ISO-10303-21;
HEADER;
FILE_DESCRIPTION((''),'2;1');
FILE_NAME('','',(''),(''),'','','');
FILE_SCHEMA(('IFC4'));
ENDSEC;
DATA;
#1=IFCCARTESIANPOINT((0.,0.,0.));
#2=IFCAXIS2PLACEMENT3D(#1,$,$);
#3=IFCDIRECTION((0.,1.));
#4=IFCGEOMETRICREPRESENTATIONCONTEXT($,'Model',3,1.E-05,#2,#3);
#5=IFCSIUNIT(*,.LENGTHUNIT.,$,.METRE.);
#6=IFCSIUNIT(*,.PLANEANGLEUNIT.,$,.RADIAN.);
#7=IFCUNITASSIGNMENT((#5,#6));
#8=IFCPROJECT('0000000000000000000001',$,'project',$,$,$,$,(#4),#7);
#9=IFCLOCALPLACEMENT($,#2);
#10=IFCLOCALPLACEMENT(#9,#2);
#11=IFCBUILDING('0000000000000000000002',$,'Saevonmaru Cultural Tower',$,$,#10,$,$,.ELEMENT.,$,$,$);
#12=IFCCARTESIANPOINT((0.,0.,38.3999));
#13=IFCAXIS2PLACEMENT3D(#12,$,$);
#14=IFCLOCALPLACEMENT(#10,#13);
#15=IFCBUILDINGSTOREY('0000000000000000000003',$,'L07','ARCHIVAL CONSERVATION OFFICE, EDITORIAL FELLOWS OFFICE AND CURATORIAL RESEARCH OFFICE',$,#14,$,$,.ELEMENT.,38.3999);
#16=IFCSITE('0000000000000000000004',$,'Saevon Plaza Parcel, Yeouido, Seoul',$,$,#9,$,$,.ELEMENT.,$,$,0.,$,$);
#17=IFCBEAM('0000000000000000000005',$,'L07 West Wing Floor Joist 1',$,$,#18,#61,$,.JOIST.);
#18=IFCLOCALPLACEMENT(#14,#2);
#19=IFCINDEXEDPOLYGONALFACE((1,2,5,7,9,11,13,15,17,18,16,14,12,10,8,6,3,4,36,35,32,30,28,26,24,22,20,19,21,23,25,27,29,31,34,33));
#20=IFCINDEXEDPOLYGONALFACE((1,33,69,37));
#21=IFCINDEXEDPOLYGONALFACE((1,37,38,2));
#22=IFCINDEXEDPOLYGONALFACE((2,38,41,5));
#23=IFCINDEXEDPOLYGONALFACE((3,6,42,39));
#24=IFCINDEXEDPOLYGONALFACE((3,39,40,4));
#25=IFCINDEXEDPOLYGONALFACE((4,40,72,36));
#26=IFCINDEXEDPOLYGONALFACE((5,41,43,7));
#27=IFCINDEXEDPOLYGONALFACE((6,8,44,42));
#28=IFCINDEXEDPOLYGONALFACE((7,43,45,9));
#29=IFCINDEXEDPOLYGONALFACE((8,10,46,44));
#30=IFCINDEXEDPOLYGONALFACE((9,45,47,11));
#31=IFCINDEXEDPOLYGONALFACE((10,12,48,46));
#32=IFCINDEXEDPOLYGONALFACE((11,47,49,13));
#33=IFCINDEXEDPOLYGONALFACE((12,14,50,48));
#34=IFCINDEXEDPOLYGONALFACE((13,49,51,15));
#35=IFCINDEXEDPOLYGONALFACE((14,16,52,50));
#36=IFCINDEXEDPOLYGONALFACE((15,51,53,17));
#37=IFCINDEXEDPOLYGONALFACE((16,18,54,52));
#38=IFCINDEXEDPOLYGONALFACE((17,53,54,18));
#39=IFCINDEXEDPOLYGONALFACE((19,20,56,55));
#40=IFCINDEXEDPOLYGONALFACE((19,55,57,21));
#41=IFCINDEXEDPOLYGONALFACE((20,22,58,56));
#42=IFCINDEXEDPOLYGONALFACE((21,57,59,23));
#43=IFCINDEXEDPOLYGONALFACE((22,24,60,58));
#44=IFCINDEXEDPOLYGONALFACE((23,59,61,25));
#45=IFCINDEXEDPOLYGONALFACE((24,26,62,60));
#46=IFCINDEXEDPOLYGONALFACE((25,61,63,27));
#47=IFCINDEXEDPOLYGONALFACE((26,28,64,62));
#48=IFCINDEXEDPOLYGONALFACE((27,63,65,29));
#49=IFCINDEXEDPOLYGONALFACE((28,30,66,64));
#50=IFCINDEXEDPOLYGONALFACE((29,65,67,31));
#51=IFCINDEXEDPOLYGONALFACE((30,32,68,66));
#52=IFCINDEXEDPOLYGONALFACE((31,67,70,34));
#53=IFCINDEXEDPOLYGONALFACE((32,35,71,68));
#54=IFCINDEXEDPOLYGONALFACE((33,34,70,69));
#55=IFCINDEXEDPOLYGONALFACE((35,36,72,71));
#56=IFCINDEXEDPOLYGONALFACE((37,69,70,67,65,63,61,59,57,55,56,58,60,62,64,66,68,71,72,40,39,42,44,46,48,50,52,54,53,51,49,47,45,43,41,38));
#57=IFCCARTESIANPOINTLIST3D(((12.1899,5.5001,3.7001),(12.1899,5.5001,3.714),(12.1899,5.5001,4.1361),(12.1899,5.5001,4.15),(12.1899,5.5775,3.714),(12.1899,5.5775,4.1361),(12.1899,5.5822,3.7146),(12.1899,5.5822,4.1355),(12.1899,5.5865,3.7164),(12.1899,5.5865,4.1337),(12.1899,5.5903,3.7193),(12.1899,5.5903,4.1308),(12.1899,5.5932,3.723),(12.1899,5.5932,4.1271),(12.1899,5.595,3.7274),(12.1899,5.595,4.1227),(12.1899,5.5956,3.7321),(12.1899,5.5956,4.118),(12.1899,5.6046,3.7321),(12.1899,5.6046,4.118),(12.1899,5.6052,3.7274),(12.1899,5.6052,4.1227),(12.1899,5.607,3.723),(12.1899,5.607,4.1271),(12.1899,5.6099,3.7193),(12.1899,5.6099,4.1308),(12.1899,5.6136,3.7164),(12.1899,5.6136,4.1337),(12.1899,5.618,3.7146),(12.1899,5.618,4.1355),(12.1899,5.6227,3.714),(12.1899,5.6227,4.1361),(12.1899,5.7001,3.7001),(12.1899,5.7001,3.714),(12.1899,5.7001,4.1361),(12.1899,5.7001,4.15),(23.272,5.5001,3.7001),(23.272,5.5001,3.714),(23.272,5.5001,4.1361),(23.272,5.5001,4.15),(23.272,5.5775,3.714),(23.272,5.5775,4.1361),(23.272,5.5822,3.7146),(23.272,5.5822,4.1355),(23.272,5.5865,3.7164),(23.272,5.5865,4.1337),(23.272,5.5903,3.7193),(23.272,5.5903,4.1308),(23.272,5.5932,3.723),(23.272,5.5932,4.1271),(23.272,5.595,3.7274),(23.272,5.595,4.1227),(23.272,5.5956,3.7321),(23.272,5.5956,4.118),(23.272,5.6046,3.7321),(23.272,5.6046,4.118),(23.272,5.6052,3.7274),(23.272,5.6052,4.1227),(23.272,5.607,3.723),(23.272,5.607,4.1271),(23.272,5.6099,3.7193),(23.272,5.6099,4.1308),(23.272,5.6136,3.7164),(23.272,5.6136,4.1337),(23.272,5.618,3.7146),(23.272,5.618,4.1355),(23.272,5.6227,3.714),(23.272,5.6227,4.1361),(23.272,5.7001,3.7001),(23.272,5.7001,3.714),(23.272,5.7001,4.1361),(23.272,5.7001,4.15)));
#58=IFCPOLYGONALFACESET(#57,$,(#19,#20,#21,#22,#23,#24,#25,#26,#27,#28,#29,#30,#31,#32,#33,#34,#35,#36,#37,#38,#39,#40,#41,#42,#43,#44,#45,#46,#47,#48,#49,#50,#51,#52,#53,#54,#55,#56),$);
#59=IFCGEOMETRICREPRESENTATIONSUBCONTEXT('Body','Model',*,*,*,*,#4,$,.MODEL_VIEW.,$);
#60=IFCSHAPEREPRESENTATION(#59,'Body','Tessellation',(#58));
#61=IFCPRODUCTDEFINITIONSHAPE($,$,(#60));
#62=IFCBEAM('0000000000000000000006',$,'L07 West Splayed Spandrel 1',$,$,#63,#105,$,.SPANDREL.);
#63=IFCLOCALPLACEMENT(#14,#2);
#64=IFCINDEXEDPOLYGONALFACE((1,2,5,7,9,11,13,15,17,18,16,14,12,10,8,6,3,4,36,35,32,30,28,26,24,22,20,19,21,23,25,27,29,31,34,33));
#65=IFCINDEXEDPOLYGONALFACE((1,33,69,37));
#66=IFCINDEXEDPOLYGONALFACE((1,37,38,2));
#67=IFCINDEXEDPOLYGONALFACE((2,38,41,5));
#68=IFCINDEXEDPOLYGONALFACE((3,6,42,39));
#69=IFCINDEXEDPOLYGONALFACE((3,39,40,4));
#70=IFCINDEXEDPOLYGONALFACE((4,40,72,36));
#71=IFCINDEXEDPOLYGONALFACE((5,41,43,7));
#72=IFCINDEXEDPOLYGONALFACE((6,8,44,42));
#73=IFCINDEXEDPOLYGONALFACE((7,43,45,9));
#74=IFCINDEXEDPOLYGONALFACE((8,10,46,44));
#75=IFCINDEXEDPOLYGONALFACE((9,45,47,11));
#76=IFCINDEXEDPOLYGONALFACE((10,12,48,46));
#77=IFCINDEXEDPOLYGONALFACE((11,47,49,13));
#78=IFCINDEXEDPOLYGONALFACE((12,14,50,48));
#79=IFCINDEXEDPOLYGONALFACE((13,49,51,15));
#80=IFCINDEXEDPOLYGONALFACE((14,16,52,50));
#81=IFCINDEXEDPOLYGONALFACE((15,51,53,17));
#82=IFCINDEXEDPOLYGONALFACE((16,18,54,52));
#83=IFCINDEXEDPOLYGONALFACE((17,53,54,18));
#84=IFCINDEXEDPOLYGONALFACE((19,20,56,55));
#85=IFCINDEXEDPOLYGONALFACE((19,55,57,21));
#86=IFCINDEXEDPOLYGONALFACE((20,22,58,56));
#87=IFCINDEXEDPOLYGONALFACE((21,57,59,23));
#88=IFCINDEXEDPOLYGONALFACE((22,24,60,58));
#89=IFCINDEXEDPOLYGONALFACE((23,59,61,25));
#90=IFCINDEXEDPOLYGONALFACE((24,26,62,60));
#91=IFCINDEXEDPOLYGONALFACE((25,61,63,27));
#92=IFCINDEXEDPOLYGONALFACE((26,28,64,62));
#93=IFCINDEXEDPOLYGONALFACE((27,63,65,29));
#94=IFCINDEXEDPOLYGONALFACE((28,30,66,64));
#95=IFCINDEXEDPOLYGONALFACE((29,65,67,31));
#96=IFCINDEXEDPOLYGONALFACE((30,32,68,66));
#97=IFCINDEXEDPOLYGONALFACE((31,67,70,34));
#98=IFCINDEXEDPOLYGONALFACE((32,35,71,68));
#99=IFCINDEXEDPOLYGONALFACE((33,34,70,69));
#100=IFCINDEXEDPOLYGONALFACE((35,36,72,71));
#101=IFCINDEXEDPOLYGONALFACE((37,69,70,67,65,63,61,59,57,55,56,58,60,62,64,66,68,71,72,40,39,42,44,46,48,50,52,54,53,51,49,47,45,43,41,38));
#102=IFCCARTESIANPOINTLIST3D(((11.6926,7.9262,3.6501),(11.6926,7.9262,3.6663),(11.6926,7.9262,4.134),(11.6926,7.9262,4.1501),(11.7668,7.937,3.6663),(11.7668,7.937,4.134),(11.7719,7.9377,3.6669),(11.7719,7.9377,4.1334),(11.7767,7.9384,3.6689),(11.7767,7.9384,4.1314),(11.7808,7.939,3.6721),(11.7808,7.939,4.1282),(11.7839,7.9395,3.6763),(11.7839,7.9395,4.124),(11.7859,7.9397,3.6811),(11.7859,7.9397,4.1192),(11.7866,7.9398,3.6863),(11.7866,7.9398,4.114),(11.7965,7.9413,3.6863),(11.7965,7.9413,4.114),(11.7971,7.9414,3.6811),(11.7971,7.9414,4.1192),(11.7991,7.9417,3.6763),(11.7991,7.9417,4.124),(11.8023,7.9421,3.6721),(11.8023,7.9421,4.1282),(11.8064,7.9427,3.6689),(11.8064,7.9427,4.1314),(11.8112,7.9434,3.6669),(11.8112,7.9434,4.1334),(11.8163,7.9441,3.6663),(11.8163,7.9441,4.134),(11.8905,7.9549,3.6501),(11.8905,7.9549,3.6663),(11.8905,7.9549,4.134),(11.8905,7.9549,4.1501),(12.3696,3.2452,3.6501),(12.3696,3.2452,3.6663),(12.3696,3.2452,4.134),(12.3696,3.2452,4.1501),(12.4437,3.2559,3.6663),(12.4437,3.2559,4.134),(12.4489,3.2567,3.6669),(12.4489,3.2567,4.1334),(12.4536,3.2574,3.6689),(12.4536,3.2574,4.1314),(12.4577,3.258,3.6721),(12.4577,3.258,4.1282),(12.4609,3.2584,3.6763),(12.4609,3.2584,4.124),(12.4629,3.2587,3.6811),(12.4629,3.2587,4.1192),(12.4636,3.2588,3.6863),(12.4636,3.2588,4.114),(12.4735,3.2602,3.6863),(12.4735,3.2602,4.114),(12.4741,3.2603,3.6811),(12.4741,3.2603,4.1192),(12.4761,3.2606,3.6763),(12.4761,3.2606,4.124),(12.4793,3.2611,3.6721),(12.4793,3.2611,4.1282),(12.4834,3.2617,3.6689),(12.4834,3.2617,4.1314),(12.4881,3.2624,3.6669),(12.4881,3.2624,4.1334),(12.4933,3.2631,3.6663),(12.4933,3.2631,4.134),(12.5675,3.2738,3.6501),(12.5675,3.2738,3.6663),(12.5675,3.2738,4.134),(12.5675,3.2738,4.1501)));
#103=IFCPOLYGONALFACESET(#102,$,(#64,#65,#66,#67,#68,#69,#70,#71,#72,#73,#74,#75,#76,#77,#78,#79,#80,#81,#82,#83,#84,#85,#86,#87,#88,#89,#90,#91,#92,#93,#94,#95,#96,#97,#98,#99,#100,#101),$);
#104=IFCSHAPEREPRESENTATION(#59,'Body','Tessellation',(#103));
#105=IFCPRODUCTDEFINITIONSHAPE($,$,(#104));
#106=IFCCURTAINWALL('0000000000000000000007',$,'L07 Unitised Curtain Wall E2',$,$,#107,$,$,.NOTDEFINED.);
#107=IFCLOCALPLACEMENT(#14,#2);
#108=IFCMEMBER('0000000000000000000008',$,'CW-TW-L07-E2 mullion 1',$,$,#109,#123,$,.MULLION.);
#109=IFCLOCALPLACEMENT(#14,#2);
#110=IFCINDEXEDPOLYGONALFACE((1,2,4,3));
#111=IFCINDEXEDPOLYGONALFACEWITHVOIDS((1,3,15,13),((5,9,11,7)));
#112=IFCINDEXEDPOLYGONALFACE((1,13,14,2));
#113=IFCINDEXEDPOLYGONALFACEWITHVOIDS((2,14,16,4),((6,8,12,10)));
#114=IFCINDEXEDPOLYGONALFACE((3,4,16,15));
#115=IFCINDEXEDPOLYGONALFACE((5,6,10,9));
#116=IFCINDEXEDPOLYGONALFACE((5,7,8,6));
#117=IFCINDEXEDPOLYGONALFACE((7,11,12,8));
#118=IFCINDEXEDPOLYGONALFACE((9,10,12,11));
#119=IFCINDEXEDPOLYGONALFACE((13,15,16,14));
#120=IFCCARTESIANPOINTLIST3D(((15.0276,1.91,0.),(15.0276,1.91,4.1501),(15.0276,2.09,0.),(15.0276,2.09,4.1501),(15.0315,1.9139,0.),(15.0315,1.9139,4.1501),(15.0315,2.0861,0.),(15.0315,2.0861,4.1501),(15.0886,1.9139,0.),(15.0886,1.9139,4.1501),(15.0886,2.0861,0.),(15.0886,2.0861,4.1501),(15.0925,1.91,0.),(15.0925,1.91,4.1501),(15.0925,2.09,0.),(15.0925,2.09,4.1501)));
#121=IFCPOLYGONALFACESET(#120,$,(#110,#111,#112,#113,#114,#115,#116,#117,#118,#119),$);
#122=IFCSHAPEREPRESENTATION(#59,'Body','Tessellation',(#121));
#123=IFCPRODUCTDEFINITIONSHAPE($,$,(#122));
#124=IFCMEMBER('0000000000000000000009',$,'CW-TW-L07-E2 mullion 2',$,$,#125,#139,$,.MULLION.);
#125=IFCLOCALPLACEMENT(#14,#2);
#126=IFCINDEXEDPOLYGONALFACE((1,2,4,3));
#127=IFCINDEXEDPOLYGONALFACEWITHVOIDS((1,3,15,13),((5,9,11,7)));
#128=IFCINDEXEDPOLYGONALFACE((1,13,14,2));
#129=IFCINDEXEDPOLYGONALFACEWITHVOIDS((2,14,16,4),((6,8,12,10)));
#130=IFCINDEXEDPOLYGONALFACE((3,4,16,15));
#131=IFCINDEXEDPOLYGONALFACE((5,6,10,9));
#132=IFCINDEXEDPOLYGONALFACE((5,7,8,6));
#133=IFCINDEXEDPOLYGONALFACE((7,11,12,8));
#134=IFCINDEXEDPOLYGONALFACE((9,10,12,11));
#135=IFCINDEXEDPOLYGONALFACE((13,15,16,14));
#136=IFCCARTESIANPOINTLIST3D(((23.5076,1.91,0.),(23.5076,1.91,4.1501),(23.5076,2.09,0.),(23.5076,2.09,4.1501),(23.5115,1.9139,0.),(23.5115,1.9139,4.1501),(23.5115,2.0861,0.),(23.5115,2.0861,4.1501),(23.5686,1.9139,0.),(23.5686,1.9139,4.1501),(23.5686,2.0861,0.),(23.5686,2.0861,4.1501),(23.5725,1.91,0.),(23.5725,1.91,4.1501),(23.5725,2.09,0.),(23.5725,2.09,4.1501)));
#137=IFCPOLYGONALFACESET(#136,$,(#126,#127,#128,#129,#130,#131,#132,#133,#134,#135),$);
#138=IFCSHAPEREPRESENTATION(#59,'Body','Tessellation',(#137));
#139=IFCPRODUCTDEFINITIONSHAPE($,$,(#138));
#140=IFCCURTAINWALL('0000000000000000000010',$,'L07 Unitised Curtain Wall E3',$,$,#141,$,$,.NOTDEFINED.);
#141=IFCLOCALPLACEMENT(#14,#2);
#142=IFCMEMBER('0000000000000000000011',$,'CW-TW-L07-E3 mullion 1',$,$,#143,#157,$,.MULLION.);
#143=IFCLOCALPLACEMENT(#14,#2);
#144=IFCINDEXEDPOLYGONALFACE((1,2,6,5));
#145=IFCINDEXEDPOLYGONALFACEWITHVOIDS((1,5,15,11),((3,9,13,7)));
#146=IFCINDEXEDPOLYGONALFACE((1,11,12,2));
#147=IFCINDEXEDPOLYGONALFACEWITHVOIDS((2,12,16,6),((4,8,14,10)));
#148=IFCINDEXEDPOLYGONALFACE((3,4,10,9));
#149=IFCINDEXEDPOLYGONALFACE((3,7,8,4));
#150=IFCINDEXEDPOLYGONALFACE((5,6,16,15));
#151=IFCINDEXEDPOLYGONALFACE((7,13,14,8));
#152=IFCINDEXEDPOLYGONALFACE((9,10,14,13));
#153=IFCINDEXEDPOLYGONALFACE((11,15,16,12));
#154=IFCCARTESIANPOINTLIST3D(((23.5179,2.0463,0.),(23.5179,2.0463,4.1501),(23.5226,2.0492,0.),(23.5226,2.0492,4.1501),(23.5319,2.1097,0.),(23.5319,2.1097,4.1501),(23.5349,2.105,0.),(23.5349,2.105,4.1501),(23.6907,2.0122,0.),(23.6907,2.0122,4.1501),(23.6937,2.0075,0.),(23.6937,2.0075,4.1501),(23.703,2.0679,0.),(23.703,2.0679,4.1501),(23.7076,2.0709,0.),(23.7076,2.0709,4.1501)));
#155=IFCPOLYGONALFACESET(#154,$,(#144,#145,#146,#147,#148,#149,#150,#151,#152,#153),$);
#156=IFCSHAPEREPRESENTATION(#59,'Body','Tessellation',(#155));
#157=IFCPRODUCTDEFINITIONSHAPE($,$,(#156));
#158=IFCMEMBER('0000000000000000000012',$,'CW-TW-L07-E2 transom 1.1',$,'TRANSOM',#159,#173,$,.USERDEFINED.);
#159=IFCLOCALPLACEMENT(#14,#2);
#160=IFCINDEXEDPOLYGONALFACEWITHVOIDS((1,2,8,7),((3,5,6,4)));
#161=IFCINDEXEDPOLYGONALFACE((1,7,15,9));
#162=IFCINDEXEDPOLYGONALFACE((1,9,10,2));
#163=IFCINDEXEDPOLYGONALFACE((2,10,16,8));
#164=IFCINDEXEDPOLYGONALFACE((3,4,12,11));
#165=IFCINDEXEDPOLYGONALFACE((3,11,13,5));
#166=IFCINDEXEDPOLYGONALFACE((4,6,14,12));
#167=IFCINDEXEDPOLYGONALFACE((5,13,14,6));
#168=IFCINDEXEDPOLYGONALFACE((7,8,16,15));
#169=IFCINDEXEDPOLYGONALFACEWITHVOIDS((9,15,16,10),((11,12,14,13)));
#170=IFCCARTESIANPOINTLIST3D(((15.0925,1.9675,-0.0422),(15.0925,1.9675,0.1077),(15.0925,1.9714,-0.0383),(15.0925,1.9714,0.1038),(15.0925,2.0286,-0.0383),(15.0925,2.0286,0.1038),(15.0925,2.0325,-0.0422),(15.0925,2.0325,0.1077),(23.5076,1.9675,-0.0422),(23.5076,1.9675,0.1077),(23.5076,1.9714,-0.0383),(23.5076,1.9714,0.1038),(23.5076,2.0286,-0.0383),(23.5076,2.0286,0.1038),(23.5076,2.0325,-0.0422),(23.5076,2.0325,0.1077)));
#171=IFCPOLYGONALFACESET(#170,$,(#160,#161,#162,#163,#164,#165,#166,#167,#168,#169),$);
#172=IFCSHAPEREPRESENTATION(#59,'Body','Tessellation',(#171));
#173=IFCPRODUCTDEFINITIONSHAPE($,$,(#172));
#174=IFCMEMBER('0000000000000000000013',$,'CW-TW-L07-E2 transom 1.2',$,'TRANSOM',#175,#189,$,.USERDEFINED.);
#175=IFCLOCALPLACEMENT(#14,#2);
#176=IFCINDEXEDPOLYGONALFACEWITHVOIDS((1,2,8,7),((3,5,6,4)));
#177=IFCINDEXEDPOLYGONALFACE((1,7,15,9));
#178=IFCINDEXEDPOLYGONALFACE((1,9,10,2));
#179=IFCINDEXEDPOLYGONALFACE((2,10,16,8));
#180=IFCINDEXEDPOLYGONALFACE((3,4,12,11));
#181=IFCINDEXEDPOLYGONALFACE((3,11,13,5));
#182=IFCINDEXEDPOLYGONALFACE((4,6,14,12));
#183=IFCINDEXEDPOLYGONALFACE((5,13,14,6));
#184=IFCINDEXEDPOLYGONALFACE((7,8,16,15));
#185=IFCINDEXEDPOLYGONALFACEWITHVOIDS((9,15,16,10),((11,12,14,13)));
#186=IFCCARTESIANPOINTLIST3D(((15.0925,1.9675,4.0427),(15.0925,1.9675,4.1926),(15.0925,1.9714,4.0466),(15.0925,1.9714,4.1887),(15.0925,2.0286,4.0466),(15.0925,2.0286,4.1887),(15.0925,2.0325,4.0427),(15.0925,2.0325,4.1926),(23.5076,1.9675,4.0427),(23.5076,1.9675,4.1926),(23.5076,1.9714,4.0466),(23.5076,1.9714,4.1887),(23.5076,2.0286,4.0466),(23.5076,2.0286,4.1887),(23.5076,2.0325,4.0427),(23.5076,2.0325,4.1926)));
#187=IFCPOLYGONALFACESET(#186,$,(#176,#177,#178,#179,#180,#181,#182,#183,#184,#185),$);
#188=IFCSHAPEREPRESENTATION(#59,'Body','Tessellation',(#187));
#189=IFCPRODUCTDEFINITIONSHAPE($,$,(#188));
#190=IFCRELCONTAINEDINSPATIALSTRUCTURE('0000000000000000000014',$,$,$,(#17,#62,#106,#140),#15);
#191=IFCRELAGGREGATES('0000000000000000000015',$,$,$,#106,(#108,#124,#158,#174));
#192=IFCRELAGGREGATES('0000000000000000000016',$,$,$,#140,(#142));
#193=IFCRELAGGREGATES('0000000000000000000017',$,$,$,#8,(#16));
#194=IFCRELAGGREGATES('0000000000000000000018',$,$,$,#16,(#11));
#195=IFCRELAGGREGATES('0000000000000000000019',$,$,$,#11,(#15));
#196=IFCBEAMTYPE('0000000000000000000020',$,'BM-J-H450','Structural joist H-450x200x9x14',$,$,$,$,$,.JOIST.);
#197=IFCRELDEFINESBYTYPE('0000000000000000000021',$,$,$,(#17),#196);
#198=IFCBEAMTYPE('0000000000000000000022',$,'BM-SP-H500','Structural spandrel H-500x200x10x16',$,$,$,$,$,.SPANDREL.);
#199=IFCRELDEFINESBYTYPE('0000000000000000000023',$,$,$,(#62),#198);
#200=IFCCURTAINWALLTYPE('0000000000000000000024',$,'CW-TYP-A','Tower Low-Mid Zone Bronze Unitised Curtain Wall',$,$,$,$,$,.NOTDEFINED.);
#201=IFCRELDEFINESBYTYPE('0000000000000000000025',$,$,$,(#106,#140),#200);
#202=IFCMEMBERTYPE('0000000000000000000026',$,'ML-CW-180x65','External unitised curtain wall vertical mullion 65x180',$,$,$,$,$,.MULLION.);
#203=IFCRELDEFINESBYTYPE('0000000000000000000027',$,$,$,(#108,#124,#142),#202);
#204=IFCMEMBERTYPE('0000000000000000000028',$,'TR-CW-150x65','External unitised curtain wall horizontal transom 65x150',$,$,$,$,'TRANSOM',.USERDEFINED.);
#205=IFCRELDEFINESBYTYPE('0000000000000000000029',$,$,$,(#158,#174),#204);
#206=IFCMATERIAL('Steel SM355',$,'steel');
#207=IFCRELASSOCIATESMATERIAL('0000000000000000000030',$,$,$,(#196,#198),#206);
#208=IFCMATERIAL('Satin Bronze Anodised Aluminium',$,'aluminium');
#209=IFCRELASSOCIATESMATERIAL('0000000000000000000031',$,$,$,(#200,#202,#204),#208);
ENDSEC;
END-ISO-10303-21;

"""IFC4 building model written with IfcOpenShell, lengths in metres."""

from ifc_helpers import new_model, si_unit, direction, frame, origin, origin_2d, place, context, subcontext, project, spatial, hollow_rectangle, i_section, extrude, material, material_profile, profile_set, type_object, element, aggregate, save


model = new_model("IFC4")

# Units and contexts
model_context = context("Model", 3, precision=1e-05, world=origin(), true_north=direction((0.0, 1.0)))
body_context = subcontext(model_context, "Body", "Model", "MODEL_VIEW")
ifc_project = project(units=[si_unit("LENGTHUNIT", "METRE"), si_unit("PLANEANGLEUNIT", "RADIAN")], contexts=[model_context])

# Site, building, storey
site_placement = place(None, origin())
site = spatial("IfcSite", under=ifc_project, at=site_placement, Name="Saevon Plaza Parcel, Yeouido, Seoul", CompositionType="ELEMENT", RefElevation=0.0)
building_placement = place(site_placement, origin())
building = spatial("IfcBuilding", under=site, at=building_placement, Name="Saevonmaru Cultural Tower", CompositionType="ELEMENT")
storey_placement = place(building_placement, frame((0.0, 0.0, 38.3999)))
storey = spatial("IfcBuildingStorey", under=building, at=storey_placement, Name="L07", Description="ARCHIVAL CONSERVATION OFFICE, EDITORIAL FELLOWS OFFICE AND CURATORIAL RESEARCH OFFICE", CompositionType="ELEMENT", Elevation=38.3999)

# Beams
ifc_material_1 = material(Name="Steel SM355", Category="steel")
ifc_material_profile_1 = material_profile(ifc_material_1, i_section(OverallWidth=0.2, OverallDepth=0.45, WebThickness=0.009, FlangeThickness=0.0139, FilletRadius=0.0181, at=origin_2d()), Name="H-450x200x9x14")
ifc_profile_set_1 = profile_set([ifc_material_profile_1], Name="Steel SM355")
beam_type_1 = type_object("IfcBeamType", Name="BM-J-H450", Description="Structural joist H-450x200x9x14", PredefinedType="JOIST", material=ifc_profile_set_1)
beam_1_placement = place(storey_placement, frame((12.1899, 5.6001, 3.925), z_axis=(1.0, 0.0, 0.0), x_axis=(0.0, 1.0, 0.0)))
element("IfcBeam", 1, at=beam_1_placement, inside=storey, type_object=beam_type_1, Name="L07 West Wing Floor Joist 1", PredefinedType="JOIST", context=body_context, shape_type="SweptSolid", body=[
    extrude(i_section(OverallWidth=0.2, OverallDepth=0.45, WebThickness=0.009, FlangeThickness=0.0139, FilletRadius=0.0181, at=origin_2d()), origin(), (0.0, 0.0, 1.0), 11.082),
])
ifc_material_profile_2 = material_profile(ifc_material_1, i_section(OverallWidth=0.2, OverallDepth=0.5, WebThickness=0.01, FlangeThickness=0.0161, FilletRadius=0.02, at=origin_2d()), Name="H-500x200x10x16")
ifc_profile_set_2 = profile_set([ifc_material_profile_2], Name="Steel SM355")
beam_type_2 = type_object("IfcBeamType", Name="BM-SP-H500", Description="Structural spandrel H-500x200x10x16", PredefinedType="SPANDREL", material=ifc_profile_set_2)
beam_2_placement = place(storey_placement, frame((12.4685, 3.2595, 3.9001), z_axis=(-0.143134, 0.989703, 0.0), x_axis=(-0.989703, -0.143134, 0.0)))
element("IfcBeam", 2, at=beam_2_placement, inside=storey, type_object=beam_type_2, Name="L07 West Splayed Spandrel 1", PredefinedType="SPANDREL", context=body_context, shape_type="SweptSolid", body=[
    extrude(i_section(OverallWidth=0.2, OverallDepth=0.5, WebThickness=0.01, FlangeThickness=0.0161, FilletRadius=0.02, at=origin_2d()), origin(), (0.0, 0.0, 1.0), 4.7297),
])

# Curtain wall, members
ifc_material_2 = material(Name="Satin Bronze Anodised Aluminium", Category="aluminium")
curtain_wall_type = type_object("IfcCurtainWallType", Name="CW-TYP-A", Description="Tower Low-Mid Zone Bronze Unitised Curtain Wall", PredefinedType="NOTDEFINED", material=ifc_material_2)
curtain_wall_1_placement = place(storey_placement, origin())
curtain_wall_1 = element("IfcCurtainWall", 3, at=curtain_wall_1_placement, inside=storey, type_object=curtain_wall_type, Name="L07 Unitised Curtain Wall E2", PredefinedType="NOTDEFINED")
ifc_material_profile_3 = material_profile(ifc_material_2, hollow_rectangle(XDim=0.0649, YDim=0.1799, WallThickness=0.0039, at=origin_2d()), Name="ALU-MULL-180x65x4")
ifc_profile_set_3 = profile_set([ifc_material_profile_3], Name="Satin Bronze Anodised Aluminium")
member_type_1 = type_object("IfcMemberType", Name="ML-CW-180x65", Description="External unitised curtain wall vertical mullion 65x180", PredefinedType="MULLION", material=ifc_profile_set_3)
member_1_placement = place(storey_placement, frame((15.0601, 2.0, 0.0), z_axis=(0.0, 0.0, 1.0), x_axis=(1.0, 0.0, 0.0)))
member_1 = element("IfcMember", 4, at=member_1_placement, type_object=member_type_1, Name="CW-TW-L07-E2 mullion 1", PredefinedType="MULLION", context=body_context, shape_type="SweptSolid", body=[
    extrude(hollow_rectangle(XDim=0.0649, YDim=0.1799, WallThickness=0.0039, at=origin_2d()), origin(), (0.0, 0.0, 1.0), 4.1501),
])
member_2_placement = place(storey_placement, frame((23.54, 2.0, 0.0), z_axis=(0.0, 0.0, 1.0), x_axis=(1.0, 0.0, 0.0)))
member_2 = element("IfcMember", 5, at=member_2_placement, type_object=member_type_1, Name="CW-TW-L07-E2 mullion 2", PredefinedType="MULLION", context=body_context, shape_type="SweptSolid", body=[
    extrude(hollow_rectangle(XDim=0.0649, YDim=0.1799, WallThickness=0.0039, at=origin_2d()), origin(), (0.0, 0.0, 1.0), 4.1501),
])

# Curtain wall, member
curtain_wall_2_placement = place(storey_placement, origin())
curtain_wall_2 = element("IfcCurtainWall", 6, at=curtain_wall_2_placement, inside=storey, type_object=curtain_wall_type, Name="L07 Unitised Curtain Wall E3", PredefinedType="NOTDEFINED")
member_3_placement = place(storey_placement, frame((23.6128, 2.0586, 0.0), z_axis=(0.0, 0.0, 1.0), x_axis=(0.215413, 0.976523, 0.0)))
member_3 = element("IfcMember", 7, at=member_3_placement, type_object=member_type_1, Name="CW-TW-L07-E3 mullion 1", PredefinedType="MULLION", context=body_context, shape_type="SweptSolid", body=[
    extrude(hollow_rectangle(XDim=0.0649, YDim=0.1799, WallThickness=0.0039, at=origin_2d()), origin(), (0.0, 0.0, 1.0), 4.1501),
])

# Members
ifc_material_profile_4 = material_profile(ifc_material_2, hollow_rectangle(XDim=0.0649, YDim=0.1499, WallThickness=0.0039, at=origin_2d()), Name="ALU-TRAN-150x65x4")
ifc_profile_set_4 = profile_set([ifc_material_profile_4], Name="Satin Bronze Anodised Aluminium")
member_type_2 = type_object("IfcMemberType", Name="TR-CW-150x65", Description="External unitised curtain wall horizontal transom 65x150", ElementType="TRANSOM", PredefinedType="USERDEFINED", material=ifc_profile_set_4)
member_4_placement = place(storey_placement, frame((15.0925, 2.0, 0.0327), z_axis=(1.0, 0.0, 0.0), x_axis=(0.0, 1.0, 0.0)))
member_4 = element("IfcMember", 8, at=member_4_placement, type_object=member_type_2, Name="CW-TW-L07-E2 transom 1.1", ObjectType="TRANSOM", PredefinedType="USERDEFINED", context=body_context, shape_type="SweptSolid", body=[
    extrude(hollow_rectangle(XDim=0.0649, YDim=0.1499, WallThickness=0.0039, at=origin_2d()), origin(), (0.0, 0.0, 1.0), 8.415),
])
member_5_placement = place(storey_placement, frame((15.0925, 2.0, 4.1177), z_axis=(1.0, 0.0, 0.0), x_axis=(0.0, 1.0, 0.0)))
member_5 = element("IfcMember", 9, at=member_5_placement, type_object=member_type_2, Name="CW-TW-L07-E2 transom 1.2", ObjectType="TRANSOM", PredefinedType="USERDEFINED", context=body_context, shape_type="SweptSolid", body=[
    extrude(hollow_rectangle(XDim=0.0649, YDim=0.1499, WallThickness=0.0039, at=origin_2d()), origin(), (0.0, 0.0, 1.0), 8.415),
])

aggregate(curtain_wall_1, [member_1, member_2, member_4, member_5])
aggregate(curtain_wall_2, [member_3])

save(model, "model.ifc")
